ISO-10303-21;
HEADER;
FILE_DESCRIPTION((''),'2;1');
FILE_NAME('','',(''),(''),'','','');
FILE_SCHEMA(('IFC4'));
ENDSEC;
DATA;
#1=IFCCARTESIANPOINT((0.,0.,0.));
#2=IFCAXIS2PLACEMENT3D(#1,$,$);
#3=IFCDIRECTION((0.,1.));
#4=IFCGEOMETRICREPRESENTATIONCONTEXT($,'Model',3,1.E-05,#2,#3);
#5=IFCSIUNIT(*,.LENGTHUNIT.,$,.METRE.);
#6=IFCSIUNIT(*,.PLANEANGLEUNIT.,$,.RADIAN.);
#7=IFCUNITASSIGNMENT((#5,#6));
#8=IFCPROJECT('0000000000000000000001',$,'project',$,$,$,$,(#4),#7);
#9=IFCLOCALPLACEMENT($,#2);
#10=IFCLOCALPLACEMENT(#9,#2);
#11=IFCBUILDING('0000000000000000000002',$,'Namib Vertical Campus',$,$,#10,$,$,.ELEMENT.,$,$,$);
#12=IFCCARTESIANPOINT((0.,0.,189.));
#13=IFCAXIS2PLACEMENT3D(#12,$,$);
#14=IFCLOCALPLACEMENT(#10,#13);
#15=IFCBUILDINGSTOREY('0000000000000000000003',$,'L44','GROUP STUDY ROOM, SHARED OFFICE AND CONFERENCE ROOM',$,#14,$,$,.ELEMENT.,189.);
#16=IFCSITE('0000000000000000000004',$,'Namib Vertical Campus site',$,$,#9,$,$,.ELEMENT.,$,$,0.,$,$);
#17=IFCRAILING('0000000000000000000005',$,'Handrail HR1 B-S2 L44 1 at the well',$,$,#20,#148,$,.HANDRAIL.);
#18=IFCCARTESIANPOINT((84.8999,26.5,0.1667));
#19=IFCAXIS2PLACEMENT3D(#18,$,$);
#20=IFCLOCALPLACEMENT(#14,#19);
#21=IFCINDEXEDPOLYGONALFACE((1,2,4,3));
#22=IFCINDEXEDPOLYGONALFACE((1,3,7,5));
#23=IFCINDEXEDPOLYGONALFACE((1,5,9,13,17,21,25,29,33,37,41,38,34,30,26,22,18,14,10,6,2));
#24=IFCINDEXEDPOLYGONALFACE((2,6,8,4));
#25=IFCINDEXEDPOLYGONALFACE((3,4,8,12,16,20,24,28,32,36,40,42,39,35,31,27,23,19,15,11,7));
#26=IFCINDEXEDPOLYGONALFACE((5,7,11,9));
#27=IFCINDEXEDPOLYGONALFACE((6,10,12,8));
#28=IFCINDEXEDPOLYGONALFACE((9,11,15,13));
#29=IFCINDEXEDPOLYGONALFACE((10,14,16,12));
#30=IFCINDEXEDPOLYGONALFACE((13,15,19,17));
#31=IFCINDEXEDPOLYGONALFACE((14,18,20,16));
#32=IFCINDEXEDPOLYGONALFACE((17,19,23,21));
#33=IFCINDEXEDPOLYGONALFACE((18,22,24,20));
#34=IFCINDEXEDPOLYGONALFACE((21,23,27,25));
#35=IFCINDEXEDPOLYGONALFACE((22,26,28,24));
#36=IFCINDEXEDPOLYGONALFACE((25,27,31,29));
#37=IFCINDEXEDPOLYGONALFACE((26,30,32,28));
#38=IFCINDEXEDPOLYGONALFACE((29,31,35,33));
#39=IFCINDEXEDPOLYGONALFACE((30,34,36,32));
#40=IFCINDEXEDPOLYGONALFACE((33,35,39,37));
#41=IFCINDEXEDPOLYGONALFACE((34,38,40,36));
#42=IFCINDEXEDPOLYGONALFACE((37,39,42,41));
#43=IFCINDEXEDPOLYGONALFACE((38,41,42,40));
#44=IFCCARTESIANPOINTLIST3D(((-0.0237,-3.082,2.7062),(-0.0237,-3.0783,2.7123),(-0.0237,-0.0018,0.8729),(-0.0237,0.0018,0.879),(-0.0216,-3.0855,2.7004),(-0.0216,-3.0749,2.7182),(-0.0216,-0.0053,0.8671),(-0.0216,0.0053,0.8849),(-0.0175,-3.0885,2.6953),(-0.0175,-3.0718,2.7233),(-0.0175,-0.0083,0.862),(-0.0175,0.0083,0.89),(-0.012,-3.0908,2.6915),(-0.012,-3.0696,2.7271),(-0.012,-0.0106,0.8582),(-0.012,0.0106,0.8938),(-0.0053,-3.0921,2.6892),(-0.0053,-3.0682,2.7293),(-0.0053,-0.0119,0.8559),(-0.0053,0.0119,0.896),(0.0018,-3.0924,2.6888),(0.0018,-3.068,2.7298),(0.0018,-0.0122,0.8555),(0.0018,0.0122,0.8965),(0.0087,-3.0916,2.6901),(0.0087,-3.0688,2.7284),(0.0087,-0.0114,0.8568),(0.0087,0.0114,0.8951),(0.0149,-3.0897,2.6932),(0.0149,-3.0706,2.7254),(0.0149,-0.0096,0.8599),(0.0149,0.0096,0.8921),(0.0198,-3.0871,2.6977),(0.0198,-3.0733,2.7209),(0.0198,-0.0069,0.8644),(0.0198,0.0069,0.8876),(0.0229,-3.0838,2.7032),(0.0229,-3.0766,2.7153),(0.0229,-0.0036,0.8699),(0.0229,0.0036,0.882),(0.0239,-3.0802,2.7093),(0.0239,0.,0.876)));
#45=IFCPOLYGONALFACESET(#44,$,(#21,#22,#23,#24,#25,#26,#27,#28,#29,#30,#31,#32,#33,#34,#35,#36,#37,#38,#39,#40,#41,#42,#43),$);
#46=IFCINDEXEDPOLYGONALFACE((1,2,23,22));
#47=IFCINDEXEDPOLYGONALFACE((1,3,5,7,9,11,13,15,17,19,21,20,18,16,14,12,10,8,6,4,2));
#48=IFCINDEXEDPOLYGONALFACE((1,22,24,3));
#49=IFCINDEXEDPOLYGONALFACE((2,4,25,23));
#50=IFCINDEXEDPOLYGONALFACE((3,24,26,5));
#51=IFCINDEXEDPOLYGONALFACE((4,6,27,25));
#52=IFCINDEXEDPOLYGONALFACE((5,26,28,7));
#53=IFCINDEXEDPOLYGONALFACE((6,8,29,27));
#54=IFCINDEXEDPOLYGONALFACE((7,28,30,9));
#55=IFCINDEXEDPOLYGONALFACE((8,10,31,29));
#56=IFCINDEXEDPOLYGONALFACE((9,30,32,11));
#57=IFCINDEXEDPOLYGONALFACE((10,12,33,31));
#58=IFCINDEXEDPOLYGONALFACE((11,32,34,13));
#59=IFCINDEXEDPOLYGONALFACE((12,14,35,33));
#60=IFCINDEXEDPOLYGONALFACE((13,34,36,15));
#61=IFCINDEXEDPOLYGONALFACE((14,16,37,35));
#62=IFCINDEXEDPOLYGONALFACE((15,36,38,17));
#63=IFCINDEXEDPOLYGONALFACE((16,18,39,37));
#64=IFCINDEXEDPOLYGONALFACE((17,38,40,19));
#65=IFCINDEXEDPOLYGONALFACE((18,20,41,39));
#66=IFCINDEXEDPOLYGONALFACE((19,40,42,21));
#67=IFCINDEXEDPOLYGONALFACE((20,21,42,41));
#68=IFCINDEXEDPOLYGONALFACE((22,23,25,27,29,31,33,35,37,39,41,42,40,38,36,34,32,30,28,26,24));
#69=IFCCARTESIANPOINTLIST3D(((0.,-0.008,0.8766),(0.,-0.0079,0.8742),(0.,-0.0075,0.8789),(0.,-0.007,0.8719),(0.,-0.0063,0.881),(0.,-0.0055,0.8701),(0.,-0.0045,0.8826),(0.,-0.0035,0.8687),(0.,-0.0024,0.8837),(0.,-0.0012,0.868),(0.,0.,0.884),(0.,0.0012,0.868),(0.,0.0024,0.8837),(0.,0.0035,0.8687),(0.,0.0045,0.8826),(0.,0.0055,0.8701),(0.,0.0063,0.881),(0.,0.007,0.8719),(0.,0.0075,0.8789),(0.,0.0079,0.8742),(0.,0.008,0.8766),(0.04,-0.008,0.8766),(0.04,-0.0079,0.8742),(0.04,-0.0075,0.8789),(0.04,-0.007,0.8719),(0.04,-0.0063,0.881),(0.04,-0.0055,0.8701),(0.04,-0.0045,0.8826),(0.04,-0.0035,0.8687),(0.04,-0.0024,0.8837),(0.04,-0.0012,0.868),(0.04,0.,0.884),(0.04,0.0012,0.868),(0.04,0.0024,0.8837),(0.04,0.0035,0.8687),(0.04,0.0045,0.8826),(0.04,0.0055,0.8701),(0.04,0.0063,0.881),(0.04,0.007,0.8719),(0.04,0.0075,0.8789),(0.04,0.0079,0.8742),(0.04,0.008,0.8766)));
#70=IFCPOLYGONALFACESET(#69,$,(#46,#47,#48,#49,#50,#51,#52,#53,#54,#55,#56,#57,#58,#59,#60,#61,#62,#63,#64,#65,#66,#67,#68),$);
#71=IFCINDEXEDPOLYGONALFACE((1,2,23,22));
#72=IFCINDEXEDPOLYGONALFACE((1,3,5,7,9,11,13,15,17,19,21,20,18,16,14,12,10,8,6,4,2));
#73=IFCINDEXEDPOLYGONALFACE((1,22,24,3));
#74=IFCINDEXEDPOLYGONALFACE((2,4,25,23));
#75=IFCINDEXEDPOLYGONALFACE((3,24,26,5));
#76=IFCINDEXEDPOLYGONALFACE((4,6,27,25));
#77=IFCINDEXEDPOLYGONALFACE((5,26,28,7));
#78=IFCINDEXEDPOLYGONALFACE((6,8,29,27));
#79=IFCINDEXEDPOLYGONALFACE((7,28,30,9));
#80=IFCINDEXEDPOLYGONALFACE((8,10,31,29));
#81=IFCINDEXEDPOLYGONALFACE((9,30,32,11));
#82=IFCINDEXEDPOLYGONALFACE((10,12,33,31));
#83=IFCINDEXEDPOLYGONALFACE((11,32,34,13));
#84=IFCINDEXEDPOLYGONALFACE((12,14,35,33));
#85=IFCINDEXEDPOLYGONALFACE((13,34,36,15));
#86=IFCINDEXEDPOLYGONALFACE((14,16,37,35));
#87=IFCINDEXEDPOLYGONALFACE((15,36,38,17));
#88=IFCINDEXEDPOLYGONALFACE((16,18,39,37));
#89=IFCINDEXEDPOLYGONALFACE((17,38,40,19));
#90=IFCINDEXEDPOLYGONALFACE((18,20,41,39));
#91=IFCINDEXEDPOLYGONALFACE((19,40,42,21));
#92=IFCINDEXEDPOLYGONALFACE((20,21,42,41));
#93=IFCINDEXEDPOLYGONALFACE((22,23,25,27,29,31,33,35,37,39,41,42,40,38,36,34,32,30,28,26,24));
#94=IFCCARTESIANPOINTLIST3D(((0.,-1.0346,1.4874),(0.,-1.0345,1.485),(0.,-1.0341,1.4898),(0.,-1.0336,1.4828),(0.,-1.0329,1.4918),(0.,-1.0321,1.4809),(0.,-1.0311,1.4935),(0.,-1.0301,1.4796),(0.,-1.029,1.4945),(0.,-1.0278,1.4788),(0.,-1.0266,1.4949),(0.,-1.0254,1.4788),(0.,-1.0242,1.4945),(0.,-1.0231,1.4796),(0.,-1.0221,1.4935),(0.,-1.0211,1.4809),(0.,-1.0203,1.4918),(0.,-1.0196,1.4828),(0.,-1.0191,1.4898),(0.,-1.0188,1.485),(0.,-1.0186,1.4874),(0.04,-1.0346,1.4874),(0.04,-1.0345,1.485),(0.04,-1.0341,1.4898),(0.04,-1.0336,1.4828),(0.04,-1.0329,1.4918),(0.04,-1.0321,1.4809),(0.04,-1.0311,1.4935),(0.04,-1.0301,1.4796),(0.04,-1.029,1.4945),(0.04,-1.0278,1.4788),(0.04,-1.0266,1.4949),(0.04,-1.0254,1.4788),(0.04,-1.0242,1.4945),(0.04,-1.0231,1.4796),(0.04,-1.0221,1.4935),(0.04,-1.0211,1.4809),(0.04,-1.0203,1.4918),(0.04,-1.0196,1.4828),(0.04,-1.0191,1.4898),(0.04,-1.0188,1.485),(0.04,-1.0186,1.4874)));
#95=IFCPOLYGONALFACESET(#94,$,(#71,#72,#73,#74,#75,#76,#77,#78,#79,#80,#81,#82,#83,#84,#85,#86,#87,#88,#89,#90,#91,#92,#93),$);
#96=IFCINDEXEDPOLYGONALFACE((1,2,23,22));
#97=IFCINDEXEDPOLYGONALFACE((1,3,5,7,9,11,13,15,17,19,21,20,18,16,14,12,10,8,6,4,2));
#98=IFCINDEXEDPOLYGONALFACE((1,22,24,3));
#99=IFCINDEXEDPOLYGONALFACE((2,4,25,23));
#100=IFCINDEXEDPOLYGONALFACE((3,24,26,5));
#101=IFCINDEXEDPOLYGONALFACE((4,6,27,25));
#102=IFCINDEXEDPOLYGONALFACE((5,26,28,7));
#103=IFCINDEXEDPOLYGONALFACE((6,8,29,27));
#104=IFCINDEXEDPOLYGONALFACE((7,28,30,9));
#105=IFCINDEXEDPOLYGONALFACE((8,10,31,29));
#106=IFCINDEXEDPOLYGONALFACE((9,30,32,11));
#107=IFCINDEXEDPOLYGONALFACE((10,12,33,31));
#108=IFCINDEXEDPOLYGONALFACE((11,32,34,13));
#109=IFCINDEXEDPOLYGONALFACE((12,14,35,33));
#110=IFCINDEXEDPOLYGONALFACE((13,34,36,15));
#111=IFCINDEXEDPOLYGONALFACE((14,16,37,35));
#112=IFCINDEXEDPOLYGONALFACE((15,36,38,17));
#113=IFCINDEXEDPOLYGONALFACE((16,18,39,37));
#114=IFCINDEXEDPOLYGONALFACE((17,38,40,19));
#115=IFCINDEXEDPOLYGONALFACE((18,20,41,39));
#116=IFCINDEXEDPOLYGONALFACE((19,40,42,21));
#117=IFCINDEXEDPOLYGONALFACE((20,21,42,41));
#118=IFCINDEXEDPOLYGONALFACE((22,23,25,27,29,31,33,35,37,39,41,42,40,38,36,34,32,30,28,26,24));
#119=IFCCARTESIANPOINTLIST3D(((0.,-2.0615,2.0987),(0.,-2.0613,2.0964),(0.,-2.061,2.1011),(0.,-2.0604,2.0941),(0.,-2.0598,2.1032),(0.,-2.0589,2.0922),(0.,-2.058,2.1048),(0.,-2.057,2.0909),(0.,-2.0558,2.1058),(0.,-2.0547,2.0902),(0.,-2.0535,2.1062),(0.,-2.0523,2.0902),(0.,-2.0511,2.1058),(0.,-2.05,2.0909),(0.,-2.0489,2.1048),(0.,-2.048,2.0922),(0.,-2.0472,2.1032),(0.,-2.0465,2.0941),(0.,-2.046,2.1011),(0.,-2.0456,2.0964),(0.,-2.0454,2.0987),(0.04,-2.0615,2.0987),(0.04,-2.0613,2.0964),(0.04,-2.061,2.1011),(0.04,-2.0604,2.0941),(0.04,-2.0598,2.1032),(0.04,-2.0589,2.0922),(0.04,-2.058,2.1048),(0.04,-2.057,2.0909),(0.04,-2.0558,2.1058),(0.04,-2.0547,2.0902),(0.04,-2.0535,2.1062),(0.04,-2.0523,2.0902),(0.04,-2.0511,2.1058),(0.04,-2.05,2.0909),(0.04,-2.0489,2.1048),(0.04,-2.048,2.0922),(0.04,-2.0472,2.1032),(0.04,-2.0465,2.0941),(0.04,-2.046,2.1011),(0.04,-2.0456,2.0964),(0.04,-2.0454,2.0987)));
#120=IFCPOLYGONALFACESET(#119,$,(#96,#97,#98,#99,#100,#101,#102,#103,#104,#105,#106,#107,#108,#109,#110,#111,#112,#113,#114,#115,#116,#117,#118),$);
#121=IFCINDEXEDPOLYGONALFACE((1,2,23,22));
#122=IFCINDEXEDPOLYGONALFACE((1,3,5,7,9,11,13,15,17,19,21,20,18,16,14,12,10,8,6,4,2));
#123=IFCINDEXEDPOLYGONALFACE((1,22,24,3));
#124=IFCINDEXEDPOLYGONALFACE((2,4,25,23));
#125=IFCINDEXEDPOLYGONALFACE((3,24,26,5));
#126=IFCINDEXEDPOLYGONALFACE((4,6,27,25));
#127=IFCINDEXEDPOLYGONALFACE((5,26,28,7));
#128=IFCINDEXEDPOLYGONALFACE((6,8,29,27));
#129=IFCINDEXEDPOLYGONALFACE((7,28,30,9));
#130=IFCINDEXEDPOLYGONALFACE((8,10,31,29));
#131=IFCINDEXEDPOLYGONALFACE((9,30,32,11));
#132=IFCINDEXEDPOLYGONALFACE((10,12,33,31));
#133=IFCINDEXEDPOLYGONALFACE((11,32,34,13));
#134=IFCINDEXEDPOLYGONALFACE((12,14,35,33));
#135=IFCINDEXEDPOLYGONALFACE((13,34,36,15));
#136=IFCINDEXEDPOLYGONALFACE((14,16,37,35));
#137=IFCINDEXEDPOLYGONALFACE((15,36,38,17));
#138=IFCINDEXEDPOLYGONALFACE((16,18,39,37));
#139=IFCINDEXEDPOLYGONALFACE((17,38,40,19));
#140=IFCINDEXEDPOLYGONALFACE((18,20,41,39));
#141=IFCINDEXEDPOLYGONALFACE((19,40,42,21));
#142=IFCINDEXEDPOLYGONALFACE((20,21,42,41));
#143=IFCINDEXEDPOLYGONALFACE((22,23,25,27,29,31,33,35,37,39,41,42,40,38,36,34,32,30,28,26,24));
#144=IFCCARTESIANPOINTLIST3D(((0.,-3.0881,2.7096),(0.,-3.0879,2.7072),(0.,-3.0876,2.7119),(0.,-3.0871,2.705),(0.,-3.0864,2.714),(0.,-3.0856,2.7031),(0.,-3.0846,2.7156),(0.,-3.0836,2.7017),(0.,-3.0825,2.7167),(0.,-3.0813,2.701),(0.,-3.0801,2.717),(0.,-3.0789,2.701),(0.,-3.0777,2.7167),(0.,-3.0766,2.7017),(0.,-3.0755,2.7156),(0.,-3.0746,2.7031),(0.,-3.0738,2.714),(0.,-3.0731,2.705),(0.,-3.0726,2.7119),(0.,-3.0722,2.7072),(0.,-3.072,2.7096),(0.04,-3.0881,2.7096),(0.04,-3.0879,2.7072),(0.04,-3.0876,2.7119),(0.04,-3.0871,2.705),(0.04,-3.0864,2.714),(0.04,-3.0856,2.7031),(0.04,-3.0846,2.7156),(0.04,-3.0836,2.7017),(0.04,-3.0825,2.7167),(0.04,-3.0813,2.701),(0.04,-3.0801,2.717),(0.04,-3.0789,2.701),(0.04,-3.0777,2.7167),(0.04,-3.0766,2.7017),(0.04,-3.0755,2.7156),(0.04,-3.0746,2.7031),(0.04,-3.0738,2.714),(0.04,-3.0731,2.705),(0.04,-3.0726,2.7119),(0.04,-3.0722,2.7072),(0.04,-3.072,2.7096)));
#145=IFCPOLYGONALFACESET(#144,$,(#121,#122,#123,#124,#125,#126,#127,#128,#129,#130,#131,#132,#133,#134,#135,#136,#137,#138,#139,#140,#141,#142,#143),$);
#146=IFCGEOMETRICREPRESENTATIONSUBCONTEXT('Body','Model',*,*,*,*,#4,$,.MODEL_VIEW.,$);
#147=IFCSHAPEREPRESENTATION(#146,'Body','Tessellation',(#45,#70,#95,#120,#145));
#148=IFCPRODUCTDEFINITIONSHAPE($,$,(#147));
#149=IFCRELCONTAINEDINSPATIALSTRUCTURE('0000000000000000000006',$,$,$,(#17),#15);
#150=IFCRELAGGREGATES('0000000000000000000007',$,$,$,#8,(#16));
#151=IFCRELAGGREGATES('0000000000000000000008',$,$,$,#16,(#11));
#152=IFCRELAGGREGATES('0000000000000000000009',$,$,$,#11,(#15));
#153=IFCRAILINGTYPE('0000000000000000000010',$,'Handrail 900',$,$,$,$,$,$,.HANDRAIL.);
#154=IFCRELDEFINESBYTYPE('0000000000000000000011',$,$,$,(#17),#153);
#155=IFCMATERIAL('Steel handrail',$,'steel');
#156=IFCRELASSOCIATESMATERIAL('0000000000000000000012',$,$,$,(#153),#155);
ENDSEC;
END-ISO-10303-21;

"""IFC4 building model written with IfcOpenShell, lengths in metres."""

from ifc_helpers import new_model, si_unit, direction, frame, origin, origin_2d, place, context, subcontext, project, spatial, circle, extrude, material, type_object, element, save


model = new_model("IFC4")

# Units and contexts
model_context = context("Model", 3, precision=1e-05, world=origin(), true_north=direction((0.0, 1.0)))
body_context = subcontext(model_context, "Body", "Model", "MODEL_VIEW")
ifc_project = project(units=[si_unit("LENGTHUNIT", "METRE"), si_unit("PLANEANGLEUNIT", "RADIAN")], contexts=[model_context])

# Site, building, storey
site_placement = place(None, origin())
site = spatial("IfcSite", under=ifc_project, at=site_placement, Name="Namib Vertical Campus site", CompositionType="ELEMENT", RefElevation=0.0)
building_placement = place(site_placement, origin())
building = spatial("IfcBuilding", under=site, at=building_placement, Name="Namib Vertical Campus", CompositionType="ELEMENT")
storey_placement = place(building_placement, frame((0.0, 0.0, 189.0)))
storey = spatial("IfcBuildingStorey", under=building, at=storey_placement, Name="L44", Description="GROUP STUDY ROOM, SHARED OFFICE AND CONFERENCE ROOM", CompositionType="ELEMENT", Elevation=189.0)

# Railing
ifc_material_1 = material(Name="Steel handrail", Category="steel")
railing_type_1 = type_object("IfcRailingType", Name="Handrail 900", PredefinedType="HANDRAIL", material=ifc_material_1)
railing_1_placement = place(storey_placement, frame((84.8999, 26.5, 0.1667)))
element("IfcRailing", 1, at=railing_1_placement, inside=storey, type_object=railing_type_1, Name="Handrail HR1 B-S2 L44 1 at the well", PredefinedType="HANDRAIL", context=body_context, shape_type="SweptSolid", body=[
    extrude(circle(Radius=0.0239, at=origin_2d()), frame((0.0, 0.0, 0.876), z_axis=(0.0, -0.859309, 0.511458), x_axis=(1.0, 0.0, 0.0)), (0.0, 0.0, 1.0), 3.5845),
    extrude(circle(Radius=0.0081, at=origin_2d()), frame((0.0, 0.0, 0.876), z_axis=(1.0, 0.0, 0.0), x_axis=(0.0, 0.0, 1.0)), (0.0, 0.0, 1.0), 0.04),
    extrude(circle(Radius=0.0081, at=origin_2d()), frame((0.0, -1.0266, 1.4868), z_axis=(1.0, 0.0, 0.0), x_axis=(0.0, 0.0, 1.0)), (0.0, 0.0, 1.0), 0.04),
    extrude(circle(Radius=0.0081, at=origin_2d()), frame((0.0, -2.0535, 2.0981), z_axis=(1.0, 0.0, 0.0), x_axis=(0.0, 0.0, 1.0)), (0.0, 0.0, 1.0), 0.04),
    extrude(circle(Radius=0.0081, at=origin_2d()), frame((0.0, -3.0801, 2.709), z_axis=(1.0, 0.0, 0.0), x_axis=(0.0, 0.0, 1.0)), (0.0, 0.0, 1.0), 0.04),
])

save(model, "model.ifc")
